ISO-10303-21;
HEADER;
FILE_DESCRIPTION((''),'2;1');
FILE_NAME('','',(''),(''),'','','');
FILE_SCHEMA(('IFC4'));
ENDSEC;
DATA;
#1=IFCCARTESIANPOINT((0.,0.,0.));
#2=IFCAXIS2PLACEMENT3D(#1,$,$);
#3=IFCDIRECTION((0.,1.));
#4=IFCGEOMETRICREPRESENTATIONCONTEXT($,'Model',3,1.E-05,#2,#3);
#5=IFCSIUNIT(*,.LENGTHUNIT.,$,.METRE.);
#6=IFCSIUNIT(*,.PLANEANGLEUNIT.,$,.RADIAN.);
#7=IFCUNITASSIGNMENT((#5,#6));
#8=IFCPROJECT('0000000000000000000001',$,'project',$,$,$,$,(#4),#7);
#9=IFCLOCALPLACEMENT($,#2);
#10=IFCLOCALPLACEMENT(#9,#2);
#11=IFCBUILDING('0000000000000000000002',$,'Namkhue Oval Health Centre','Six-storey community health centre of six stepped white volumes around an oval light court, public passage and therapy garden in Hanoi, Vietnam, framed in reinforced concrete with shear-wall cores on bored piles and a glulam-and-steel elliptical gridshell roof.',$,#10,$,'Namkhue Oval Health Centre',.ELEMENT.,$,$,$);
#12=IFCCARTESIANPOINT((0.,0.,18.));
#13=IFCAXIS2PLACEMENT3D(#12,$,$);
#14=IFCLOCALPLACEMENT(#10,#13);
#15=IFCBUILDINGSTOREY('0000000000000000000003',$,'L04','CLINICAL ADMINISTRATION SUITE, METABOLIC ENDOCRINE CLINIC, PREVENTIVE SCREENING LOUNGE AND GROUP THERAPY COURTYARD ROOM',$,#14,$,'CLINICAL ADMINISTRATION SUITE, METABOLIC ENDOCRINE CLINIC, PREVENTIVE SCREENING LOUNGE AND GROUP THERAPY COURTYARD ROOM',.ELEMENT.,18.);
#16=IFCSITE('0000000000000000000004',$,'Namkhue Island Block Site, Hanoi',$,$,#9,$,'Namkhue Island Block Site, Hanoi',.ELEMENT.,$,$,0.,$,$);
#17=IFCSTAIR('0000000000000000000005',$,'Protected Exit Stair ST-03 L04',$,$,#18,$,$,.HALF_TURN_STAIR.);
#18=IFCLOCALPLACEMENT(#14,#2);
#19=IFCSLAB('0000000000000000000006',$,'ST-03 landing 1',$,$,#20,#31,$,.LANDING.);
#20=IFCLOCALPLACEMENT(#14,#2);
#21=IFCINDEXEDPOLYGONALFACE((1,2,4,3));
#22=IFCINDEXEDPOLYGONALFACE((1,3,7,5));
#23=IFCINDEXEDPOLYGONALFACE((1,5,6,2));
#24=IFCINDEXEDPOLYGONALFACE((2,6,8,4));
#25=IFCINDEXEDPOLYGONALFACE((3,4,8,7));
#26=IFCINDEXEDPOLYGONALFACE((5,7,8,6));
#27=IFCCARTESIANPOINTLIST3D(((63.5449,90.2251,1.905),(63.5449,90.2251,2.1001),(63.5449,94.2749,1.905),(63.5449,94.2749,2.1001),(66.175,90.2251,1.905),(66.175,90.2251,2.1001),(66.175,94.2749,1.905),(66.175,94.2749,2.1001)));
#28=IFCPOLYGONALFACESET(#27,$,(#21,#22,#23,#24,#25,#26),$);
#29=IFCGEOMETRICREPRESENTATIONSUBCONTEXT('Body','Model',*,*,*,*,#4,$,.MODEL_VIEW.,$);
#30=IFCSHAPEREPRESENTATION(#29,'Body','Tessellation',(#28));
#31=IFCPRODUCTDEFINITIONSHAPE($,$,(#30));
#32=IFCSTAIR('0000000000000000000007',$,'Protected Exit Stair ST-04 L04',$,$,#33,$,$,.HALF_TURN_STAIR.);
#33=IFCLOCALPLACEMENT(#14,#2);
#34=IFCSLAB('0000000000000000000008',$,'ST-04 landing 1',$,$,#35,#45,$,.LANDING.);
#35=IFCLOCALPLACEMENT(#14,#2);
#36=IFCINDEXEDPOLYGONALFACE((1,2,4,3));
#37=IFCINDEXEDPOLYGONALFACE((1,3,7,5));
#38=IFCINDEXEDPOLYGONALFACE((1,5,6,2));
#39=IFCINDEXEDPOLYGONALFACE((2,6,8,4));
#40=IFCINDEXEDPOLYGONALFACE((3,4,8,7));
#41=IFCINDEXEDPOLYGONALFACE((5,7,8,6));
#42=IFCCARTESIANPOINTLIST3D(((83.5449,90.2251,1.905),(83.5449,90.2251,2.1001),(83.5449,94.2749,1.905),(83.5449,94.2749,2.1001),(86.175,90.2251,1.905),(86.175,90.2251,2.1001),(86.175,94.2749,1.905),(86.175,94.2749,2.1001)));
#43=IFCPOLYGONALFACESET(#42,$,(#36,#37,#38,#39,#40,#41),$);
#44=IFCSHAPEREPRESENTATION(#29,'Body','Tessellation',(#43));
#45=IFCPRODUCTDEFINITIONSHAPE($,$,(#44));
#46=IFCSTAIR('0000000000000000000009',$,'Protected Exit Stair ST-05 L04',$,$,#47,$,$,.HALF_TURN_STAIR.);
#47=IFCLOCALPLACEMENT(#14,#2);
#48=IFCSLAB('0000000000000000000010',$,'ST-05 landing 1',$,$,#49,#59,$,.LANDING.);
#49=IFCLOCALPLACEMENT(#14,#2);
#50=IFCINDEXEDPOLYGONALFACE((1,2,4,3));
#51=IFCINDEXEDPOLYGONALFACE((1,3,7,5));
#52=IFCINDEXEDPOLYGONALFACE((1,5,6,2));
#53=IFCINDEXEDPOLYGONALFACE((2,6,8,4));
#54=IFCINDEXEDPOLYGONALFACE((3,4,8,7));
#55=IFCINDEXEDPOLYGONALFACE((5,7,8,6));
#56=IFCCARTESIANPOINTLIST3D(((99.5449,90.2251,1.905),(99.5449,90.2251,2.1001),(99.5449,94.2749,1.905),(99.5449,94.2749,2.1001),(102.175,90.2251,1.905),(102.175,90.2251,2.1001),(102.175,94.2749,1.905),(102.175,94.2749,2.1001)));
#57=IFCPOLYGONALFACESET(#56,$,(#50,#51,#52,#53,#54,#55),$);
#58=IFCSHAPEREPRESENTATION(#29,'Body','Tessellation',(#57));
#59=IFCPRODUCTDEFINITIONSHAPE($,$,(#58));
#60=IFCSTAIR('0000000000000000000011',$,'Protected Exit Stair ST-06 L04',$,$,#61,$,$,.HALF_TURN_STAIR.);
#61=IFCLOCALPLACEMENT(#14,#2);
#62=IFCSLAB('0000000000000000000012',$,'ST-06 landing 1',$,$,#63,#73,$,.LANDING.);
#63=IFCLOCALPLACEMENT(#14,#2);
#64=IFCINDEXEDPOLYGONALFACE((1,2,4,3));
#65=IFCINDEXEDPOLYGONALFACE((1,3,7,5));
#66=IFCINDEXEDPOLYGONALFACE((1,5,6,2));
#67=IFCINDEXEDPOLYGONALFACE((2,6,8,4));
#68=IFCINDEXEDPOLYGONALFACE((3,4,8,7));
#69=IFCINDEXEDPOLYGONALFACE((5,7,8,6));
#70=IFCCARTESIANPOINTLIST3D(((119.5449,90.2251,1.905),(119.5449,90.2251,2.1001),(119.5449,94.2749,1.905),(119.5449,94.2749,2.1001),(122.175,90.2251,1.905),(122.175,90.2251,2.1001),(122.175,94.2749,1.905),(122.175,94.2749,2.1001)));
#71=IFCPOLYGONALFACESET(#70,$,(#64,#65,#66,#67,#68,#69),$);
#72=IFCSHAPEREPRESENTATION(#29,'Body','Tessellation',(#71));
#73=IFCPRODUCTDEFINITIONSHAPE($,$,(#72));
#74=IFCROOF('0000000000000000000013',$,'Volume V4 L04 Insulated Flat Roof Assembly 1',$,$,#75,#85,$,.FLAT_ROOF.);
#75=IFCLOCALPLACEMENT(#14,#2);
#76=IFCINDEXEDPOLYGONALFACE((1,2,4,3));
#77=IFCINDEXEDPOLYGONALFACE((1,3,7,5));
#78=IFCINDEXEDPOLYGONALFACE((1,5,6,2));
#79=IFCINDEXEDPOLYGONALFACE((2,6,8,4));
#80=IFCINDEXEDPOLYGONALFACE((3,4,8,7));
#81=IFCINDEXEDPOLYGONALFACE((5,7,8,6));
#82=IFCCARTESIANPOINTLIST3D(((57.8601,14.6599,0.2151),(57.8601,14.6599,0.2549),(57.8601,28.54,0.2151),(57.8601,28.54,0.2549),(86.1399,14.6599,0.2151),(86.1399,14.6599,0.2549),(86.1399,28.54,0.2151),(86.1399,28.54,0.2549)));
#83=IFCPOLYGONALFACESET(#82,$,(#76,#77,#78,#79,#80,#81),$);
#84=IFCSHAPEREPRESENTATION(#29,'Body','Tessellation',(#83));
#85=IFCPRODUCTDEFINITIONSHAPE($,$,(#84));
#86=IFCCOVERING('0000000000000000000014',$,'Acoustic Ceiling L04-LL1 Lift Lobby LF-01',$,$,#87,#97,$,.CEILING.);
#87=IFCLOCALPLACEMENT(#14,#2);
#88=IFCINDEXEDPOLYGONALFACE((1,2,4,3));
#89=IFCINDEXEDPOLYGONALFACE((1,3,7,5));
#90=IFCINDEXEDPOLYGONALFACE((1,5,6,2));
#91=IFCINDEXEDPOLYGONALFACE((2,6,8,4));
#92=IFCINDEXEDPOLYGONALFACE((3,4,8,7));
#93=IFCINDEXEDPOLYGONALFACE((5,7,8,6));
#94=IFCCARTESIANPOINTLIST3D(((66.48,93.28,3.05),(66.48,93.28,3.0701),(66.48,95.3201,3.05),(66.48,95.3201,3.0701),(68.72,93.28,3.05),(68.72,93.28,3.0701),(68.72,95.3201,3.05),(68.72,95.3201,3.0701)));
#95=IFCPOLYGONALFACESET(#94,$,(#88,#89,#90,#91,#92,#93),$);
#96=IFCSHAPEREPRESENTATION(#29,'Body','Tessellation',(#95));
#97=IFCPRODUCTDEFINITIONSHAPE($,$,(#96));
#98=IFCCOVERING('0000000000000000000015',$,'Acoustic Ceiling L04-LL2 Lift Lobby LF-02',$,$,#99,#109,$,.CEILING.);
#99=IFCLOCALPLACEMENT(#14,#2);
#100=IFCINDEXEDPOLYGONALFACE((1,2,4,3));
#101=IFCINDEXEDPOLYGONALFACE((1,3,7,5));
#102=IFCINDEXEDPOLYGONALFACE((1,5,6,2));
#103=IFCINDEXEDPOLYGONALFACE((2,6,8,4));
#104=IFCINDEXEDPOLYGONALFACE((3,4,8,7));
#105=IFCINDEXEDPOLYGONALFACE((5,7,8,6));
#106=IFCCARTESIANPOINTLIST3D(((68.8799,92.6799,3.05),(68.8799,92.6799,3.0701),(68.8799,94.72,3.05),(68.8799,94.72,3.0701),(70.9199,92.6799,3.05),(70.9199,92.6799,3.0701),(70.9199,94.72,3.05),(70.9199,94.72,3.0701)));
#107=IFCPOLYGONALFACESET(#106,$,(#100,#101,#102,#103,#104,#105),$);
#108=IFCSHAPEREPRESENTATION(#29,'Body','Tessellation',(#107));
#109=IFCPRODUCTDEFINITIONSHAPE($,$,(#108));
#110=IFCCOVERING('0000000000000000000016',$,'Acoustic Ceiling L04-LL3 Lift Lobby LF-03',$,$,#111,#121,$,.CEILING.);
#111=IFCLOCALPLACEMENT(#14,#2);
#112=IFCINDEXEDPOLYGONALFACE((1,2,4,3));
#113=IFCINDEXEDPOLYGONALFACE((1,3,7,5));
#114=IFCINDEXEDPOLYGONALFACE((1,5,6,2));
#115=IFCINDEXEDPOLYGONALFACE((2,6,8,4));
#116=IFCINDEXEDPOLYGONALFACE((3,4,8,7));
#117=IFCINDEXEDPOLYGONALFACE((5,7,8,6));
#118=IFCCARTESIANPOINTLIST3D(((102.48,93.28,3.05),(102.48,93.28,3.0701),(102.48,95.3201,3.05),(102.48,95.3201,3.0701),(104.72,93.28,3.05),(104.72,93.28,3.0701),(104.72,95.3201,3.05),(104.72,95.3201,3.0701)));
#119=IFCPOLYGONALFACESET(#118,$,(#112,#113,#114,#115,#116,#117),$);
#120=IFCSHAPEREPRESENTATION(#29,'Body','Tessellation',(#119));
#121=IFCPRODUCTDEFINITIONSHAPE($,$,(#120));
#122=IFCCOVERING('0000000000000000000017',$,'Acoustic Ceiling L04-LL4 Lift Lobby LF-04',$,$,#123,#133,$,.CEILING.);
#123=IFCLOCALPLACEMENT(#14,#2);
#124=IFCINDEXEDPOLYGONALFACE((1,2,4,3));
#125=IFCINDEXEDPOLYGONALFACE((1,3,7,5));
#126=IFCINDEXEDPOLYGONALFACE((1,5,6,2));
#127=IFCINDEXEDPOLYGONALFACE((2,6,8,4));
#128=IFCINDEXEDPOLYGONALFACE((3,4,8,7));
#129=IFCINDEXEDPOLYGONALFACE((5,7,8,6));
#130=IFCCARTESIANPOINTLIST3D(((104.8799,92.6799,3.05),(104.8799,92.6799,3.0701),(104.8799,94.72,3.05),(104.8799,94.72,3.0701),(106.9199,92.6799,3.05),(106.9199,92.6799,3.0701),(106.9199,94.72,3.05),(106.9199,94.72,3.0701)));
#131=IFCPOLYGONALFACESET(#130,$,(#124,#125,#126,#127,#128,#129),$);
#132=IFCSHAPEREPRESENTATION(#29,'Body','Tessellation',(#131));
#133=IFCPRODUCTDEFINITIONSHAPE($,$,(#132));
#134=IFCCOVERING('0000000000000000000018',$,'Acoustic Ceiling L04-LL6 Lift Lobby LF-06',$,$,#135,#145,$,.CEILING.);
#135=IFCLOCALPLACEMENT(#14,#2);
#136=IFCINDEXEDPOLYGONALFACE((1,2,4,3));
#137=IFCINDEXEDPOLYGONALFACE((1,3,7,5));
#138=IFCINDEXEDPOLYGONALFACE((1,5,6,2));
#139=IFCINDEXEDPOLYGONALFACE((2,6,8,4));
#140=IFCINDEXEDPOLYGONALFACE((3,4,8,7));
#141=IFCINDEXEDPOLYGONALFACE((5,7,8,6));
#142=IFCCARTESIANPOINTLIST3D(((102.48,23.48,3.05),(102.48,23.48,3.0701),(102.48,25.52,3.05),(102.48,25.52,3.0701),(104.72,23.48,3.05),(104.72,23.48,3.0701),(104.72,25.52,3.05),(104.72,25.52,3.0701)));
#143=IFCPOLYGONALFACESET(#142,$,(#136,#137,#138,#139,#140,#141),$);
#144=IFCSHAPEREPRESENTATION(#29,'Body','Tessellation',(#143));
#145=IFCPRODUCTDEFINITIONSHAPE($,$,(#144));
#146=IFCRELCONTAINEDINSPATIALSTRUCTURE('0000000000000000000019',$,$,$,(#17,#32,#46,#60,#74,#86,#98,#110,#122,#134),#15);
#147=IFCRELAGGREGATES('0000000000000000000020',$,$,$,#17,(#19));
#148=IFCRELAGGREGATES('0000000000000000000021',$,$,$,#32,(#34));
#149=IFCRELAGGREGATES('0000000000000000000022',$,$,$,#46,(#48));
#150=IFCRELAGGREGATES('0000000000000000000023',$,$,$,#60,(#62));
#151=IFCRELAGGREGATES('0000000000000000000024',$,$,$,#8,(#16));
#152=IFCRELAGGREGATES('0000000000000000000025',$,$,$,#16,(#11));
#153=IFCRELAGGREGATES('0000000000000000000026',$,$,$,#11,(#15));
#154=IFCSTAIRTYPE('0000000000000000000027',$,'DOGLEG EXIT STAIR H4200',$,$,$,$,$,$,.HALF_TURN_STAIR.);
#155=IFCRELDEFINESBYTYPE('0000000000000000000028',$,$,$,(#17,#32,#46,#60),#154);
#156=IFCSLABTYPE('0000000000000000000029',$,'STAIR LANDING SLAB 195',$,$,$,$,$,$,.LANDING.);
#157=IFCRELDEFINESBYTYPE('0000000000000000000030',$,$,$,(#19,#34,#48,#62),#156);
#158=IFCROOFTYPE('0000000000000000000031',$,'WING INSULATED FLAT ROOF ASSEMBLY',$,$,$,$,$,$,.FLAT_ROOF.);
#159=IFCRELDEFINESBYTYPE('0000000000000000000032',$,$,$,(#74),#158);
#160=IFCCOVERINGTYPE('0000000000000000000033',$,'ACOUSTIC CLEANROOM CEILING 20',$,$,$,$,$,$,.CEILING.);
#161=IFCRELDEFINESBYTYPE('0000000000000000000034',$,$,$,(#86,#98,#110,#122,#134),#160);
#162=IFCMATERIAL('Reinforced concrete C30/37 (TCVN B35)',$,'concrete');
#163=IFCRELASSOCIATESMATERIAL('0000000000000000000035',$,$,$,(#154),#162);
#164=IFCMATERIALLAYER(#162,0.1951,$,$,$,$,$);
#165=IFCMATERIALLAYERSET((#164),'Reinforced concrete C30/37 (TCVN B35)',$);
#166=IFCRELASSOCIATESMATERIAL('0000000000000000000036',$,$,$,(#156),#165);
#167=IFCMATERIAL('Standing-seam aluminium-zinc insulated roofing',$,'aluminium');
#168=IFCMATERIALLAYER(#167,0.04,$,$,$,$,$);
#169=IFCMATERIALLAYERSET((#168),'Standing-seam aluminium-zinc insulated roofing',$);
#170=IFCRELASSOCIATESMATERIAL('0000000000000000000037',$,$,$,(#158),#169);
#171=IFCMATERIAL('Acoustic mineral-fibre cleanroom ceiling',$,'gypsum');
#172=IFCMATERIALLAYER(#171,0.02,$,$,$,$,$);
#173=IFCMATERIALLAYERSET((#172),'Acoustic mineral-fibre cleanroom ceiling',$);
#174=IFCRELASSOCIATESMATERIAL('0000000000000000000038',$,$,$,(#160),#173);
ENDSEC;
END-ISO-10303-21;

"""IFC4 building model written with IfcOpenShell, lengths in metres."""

from ifc_helpers import new_model, si_unit, direction, frame, origin, place, context, subcontext, project, spatial, polyline, outline, extrude, material, layer, layer_set, type_object, element, aggregate, save


model = new_model("IFC4")

# Units and contexts
model_context = context("Model", 3, precision=1e-05, world=origin(), true_north=direction((0.0, 1.0)))
body_context = subcontext(model_context, "Body", "Model", "MODEL_VIEW")
ifc_project = project(units=[si_unit("LENGTHUNIT", "METRE"), si_unit("PLANEANGLEUNIT", "RADIAN")], contexts=[model_context])

# Site, building, storey
site_placement = place(None, origin())
site = spatial("IfcSite", under=ifc_project, at=site_placement, Name="Namkhue Island Block Site, Hanoi", LongName="Namkhue Island Block Site, Hanoi", CompositionType="ELEMENT", RefElevation=0.0)
building_placement = place(site_placement, origin())
building = spatial("IfcBuilding", under=site, at=building_placement, Name="Namkhue Oval Health Centre", Description="Six-storey community health centre of six stepped white volumes around an oval light court, public passage and therapy garden in Hanoi, Vietnam, framed in reinforced concrete with shear-wall cores on bored piles and a glulam-and-steel elliptical gridshell roof.", LongName="Namkhue Oval Health Centre", CompositionType="ELEMENT")
storey_placement = place(building_placement, frame((0.0, 0.0, 18.0)))
storey = spatial("IfcBuildingStorey", under=building, at=storey_placement, Name="L04", Description="CLINICAL ADMINISTRATION SUITE, METABOLIC ENDOCRINE CLINIC, PREVENTIVE SCREENING LOUNGE AND GROUP THERAPY COURTYARD ROOM", LongName="CLINICAL ADMINISTRATION SUITE, METABOLIC ENDOCRINE CLINIC, PREVENTIVE SCREENING LOUNGE AND GROUP THERAPY COURTYARD ROOM", CompositionType="ELEMENT", Elevation=18.0)

# Stairs, slabs
ifc_material_1 = material(Name="Reinforced concrete C30/37 (TCVN B35)", Category="concrete")
stair_type = type_object("IfcStairType", Name="DOGLEG EXIT STAIR H4200", PredefinedType="HALF_TURN_STAIR", material=ifc_material_1)
stair_1_placement = place(storey_placement, origin())
stair_1 = element("IfcStair", 1, at=stair_1_placement, inside=storey, type_object=stair_type, Name="Protected Exit Stair ST-03 L04", PredefinedType="HALF_TURN_STAIR")
ifc_layer_1 = layer(ifc_material_1, 0.1951)
ifc_layer_set_1 = layer_set([ifc_layer_1], Name="Reinforced concrete C30/37 (TCVN B35)")
slab_type = type_object("IfcSlabType", Name="STAIR LANDING SLAB 195", PredefinedType="LANDING", material=ifc_layer_set_1)
slab_1_placement = place(storey_placement, frame((0.0, 0.0, 1.905)))
slab_1 = element("IfcSlab", 2, at=slab_1_placement, type_object=slab_type, Name="ST-03 landing 1", PredefinedType="LANDING", context=body_context, shape_type="SweptSolid", body=[
    extrude(outline(polyline([(63.5449, 90.2251), (66.175, 90.2251), (66.175, 94.2749), (63.5449, 94.2749), (63.5449, 90.2251)])), origin(), (0.0, 0.0, 1.0), 0.1951),
])
aggregate(stair_1, [slab_1])
stair_2_placement = place(storey_placement, origin())
stair_2 = element("IfcStair", 3, at=stair_2_placement, inside=storey, type_object=stair_type, Name="Protected Exit Stair ST-04 L04", PredefinedType="HALF_TURN_STAIR")
slab_2_placement = place(storey_placement, frame((0.0, 0.0, 1.905)))
slab_2 = element("IfcSlab", 4, at=slab_2_placement, type_object=slab_type, Name="ST-04 landing 1", PredefinedType="LANDING", context=body_context, shape_type="SweptSolid", body=[
    extrude(outline(polyline([(83.5449, 90.2251), (86.175, 90.2251), (86.175, 94.2749), (83.5449, 94.2749), (83.5449, 90.2251)])), origin(), (0.0, 0.0, 1.0), 0.1951),
])
aggregate(stair_2, [slab_2])
stair_3_placement = place(storey_placement, origin())
stair_3 = element("IfcStair", 5, at=stair_3_placement, inside=storey, type_object=stair_type, Name="Protected Exit Stair ST-05 L04", PredefinedType="HALF_TURN_STAIR")
slab_3_placement = place(storey_placement, frame((0.0, 0.0, 1.905)))
slab_3 = element("IfcSlab", 6, at=slab_3_placement, type_object=slab_type, Name="ST-05 landing 1", PredefinedType="LANDING", context=body_context, shape_type="SweptSolid", body=[
    extrude(outline(polyline([(99.5449, 90.2251), (102.175, 90.2251), (102.175, 94.2749), (99.5449, 94.2749), (99.5449, 90.2251)])), origin(), (0.0, 0.0, 1.0), 0.1951),
])
aggregate(stair_3, [slab_3])
stair_4_placement = place(storey_placement, origin())
stair_4 = element("IfcStair", 7, at=stair_4_placement, inside=storey, type_object=stair_type, Name="Protected Exit Stair ST-06 L04", PredefinedType="HALF_TURN_STAIR")
slab_4_placement = place(storey_placement, frame((0.0, 0.0, 1.905)))
slab_4 = element("IfcSlab", 8, at=slab_4_placement, type_object=slab_type, Name="ST-06 landing 1", PredefinedType="LANDING", context=body_context, shape_type="SweptSolid", body=[
    extrude(outline(polyline([(119.5449, 90.2251), (122.175, 90.2251), (122.175, 94.2749), (119.5449, 94.2749), (119.5449, 90.2251)])), origin(), (0.0, 0.0, 1.0), 0.1951),
])
aggregate(stair_4, [slab_4])

# Roof
ifc_material_2 = material(Name="Standing-seam aluminium-zinc insulated roofing", Category="aluminium")
ifc_layer_2 = layer(ifc_material_2, 0.04)
ifc_layer_set_2 = layer_set([ifc_layer_2], Name="Standing-seam aluminium-zinc insulated roofing")
roof_type = type_object("IfcRoofType", Name="WING INSULATED FLAT ROOF ASSEMBLY", PredefinedType="FLAT_ROOF", material=ifc_layer_set_2)
roof_placement = place(storey_placement, frame((0.0, 0.0, 0.2151)))
element("IfcRoof", 9, at=roof_placement, inside=storey, type_object=roof_type, Name="Volume V4 L04 Insulated Flat Roof Assembly 1", PredefinedType="FLAT_ROOF", context=body_context, shape_type="SweptSolid", body=[
    extrude(outline(polyline([(57.8601, 14.6599), (57.8601, 28.54), (86.1399, 28.54), (86.1399, 14.6599), (57.8601, 14.6599)])), origin(), (0.0, 0.0, 1.0), 0.0398),
])

# Coverings
ifc_material_3 = material(Name="Acoustic mineral-fibre cleanroom ceiling", Category="gypsum")
ifc_layer_3 = layer(ifc_material_3, 0.02)
ifc_layer_set_3 = layer_set([ifc_layer_3], Name="Acoustic mineral-fibre cleanroom ceiling")
covering_type_1 = type_object("IfcCoveringType", Name="ACOUSTIC CLEANROOM CEILING 20", PredefinedType="CEILING", material=ifc_layer_set_3)
covering_1_placement = place(storey_placement, frame((0.0, 0.0, 3.05)))
element("IfcCovering", 10, at=covering_1_placement, inside=storey, type_object=covering_type_1, Name="Acoustic Ceiling L04-LL1 Lift Lobby LF-01", PredefinedType="CEILING", context=body_context, shape_type="SweptSolid", body=[
    extrude(outline(polyline([(66.48, 93.28), (66.48, 95.3201), (68.72, 95.3201), (68.72, 93.28), (66.48, 93.28)])), origin(), (0.0, 0.0, 1.0), 0.02),
])
covering_2_placement = place(storey_placement, frame((0.0, 0.0, 3.05)))
element("IfcCovering", 11, at=covering_2_placement, inside=storey, type_object=covering_type_1, Name="Acoustic Ceiling L04-LL2 Lift Lobby LF-02", PredefinedType="CEILING", context=body_context, shape_type="SweptSolid", body=[
    extrude(outline(polyline([(68.8799, 92.6799), (68.8799, 94.72), (70.9199, 94.72), (70.9199, 92.6799), (68.8799, 92.6799)])), origin(), (0.0, 0.0, 1.0), 0.02),
])
covering_3_placement = place(storey_placement, frame((0.0, 0.0, 3.05)))
element("IfcCovering", 12, at=covering_3_placement, inside=storey, type_object=covering_type_1, Name="Acoustic Ceiling L04-LL3 Lift Lobby LF-03", PredefinedType="CEILING", context=body_context, shape_type="SweptSolid", body=[
    extrude(outline(polyline([(102.48, 93.28), (102.48, 95.3201), (104.72, 95.3201), (104.72, 93.28), (102.48, 93.28)])), origin(), (0.0, 0.0, 1.0), 0.02),
])
covering_4_placement = place(storey_placement, frame((0.0, 0.0, 3.05)))
element("IfcCovering", 13, at=covering_4_placement, inside=storey, type_object=covering_type_1, Name="Acoustic Ceiling L04-LL4 Lift Lobby LF-04", PredefinedType="CEILING", context=body_context, shape_type="SweptSolid", body=[
    extrude(outline(polyline([(104.8799, 92.6799), (104.8799, 94.72), (106.9199, 94.72), (106.9199, 92.6799), (104.8799, 92.6799)])), origin(), (0.0, 0.0, 1.0), 0.02),
])
covering_5_placement = place(storey_placement, frame((0.0, 0.0, 3.05)))
element("IfcCovering", 14, at=covering_5_placement, inside=storey, type_object=covering_type_1, Name="Acoustic Ceiling L04-LL6 Lift Lobby LF-06", PredefinedType="CEILING", context=body_context, shape_type="SweptSolid", body=[
    extrude(outline(polyline([(102.48, 23.48), (102.48, 25.52), (104.72, 25.52), (104.72, 23.48), (102.48, 23.48)])), origin(), (0.0, 0.0, 1.0), 0.02),
])

save(model, "model.ifc")
